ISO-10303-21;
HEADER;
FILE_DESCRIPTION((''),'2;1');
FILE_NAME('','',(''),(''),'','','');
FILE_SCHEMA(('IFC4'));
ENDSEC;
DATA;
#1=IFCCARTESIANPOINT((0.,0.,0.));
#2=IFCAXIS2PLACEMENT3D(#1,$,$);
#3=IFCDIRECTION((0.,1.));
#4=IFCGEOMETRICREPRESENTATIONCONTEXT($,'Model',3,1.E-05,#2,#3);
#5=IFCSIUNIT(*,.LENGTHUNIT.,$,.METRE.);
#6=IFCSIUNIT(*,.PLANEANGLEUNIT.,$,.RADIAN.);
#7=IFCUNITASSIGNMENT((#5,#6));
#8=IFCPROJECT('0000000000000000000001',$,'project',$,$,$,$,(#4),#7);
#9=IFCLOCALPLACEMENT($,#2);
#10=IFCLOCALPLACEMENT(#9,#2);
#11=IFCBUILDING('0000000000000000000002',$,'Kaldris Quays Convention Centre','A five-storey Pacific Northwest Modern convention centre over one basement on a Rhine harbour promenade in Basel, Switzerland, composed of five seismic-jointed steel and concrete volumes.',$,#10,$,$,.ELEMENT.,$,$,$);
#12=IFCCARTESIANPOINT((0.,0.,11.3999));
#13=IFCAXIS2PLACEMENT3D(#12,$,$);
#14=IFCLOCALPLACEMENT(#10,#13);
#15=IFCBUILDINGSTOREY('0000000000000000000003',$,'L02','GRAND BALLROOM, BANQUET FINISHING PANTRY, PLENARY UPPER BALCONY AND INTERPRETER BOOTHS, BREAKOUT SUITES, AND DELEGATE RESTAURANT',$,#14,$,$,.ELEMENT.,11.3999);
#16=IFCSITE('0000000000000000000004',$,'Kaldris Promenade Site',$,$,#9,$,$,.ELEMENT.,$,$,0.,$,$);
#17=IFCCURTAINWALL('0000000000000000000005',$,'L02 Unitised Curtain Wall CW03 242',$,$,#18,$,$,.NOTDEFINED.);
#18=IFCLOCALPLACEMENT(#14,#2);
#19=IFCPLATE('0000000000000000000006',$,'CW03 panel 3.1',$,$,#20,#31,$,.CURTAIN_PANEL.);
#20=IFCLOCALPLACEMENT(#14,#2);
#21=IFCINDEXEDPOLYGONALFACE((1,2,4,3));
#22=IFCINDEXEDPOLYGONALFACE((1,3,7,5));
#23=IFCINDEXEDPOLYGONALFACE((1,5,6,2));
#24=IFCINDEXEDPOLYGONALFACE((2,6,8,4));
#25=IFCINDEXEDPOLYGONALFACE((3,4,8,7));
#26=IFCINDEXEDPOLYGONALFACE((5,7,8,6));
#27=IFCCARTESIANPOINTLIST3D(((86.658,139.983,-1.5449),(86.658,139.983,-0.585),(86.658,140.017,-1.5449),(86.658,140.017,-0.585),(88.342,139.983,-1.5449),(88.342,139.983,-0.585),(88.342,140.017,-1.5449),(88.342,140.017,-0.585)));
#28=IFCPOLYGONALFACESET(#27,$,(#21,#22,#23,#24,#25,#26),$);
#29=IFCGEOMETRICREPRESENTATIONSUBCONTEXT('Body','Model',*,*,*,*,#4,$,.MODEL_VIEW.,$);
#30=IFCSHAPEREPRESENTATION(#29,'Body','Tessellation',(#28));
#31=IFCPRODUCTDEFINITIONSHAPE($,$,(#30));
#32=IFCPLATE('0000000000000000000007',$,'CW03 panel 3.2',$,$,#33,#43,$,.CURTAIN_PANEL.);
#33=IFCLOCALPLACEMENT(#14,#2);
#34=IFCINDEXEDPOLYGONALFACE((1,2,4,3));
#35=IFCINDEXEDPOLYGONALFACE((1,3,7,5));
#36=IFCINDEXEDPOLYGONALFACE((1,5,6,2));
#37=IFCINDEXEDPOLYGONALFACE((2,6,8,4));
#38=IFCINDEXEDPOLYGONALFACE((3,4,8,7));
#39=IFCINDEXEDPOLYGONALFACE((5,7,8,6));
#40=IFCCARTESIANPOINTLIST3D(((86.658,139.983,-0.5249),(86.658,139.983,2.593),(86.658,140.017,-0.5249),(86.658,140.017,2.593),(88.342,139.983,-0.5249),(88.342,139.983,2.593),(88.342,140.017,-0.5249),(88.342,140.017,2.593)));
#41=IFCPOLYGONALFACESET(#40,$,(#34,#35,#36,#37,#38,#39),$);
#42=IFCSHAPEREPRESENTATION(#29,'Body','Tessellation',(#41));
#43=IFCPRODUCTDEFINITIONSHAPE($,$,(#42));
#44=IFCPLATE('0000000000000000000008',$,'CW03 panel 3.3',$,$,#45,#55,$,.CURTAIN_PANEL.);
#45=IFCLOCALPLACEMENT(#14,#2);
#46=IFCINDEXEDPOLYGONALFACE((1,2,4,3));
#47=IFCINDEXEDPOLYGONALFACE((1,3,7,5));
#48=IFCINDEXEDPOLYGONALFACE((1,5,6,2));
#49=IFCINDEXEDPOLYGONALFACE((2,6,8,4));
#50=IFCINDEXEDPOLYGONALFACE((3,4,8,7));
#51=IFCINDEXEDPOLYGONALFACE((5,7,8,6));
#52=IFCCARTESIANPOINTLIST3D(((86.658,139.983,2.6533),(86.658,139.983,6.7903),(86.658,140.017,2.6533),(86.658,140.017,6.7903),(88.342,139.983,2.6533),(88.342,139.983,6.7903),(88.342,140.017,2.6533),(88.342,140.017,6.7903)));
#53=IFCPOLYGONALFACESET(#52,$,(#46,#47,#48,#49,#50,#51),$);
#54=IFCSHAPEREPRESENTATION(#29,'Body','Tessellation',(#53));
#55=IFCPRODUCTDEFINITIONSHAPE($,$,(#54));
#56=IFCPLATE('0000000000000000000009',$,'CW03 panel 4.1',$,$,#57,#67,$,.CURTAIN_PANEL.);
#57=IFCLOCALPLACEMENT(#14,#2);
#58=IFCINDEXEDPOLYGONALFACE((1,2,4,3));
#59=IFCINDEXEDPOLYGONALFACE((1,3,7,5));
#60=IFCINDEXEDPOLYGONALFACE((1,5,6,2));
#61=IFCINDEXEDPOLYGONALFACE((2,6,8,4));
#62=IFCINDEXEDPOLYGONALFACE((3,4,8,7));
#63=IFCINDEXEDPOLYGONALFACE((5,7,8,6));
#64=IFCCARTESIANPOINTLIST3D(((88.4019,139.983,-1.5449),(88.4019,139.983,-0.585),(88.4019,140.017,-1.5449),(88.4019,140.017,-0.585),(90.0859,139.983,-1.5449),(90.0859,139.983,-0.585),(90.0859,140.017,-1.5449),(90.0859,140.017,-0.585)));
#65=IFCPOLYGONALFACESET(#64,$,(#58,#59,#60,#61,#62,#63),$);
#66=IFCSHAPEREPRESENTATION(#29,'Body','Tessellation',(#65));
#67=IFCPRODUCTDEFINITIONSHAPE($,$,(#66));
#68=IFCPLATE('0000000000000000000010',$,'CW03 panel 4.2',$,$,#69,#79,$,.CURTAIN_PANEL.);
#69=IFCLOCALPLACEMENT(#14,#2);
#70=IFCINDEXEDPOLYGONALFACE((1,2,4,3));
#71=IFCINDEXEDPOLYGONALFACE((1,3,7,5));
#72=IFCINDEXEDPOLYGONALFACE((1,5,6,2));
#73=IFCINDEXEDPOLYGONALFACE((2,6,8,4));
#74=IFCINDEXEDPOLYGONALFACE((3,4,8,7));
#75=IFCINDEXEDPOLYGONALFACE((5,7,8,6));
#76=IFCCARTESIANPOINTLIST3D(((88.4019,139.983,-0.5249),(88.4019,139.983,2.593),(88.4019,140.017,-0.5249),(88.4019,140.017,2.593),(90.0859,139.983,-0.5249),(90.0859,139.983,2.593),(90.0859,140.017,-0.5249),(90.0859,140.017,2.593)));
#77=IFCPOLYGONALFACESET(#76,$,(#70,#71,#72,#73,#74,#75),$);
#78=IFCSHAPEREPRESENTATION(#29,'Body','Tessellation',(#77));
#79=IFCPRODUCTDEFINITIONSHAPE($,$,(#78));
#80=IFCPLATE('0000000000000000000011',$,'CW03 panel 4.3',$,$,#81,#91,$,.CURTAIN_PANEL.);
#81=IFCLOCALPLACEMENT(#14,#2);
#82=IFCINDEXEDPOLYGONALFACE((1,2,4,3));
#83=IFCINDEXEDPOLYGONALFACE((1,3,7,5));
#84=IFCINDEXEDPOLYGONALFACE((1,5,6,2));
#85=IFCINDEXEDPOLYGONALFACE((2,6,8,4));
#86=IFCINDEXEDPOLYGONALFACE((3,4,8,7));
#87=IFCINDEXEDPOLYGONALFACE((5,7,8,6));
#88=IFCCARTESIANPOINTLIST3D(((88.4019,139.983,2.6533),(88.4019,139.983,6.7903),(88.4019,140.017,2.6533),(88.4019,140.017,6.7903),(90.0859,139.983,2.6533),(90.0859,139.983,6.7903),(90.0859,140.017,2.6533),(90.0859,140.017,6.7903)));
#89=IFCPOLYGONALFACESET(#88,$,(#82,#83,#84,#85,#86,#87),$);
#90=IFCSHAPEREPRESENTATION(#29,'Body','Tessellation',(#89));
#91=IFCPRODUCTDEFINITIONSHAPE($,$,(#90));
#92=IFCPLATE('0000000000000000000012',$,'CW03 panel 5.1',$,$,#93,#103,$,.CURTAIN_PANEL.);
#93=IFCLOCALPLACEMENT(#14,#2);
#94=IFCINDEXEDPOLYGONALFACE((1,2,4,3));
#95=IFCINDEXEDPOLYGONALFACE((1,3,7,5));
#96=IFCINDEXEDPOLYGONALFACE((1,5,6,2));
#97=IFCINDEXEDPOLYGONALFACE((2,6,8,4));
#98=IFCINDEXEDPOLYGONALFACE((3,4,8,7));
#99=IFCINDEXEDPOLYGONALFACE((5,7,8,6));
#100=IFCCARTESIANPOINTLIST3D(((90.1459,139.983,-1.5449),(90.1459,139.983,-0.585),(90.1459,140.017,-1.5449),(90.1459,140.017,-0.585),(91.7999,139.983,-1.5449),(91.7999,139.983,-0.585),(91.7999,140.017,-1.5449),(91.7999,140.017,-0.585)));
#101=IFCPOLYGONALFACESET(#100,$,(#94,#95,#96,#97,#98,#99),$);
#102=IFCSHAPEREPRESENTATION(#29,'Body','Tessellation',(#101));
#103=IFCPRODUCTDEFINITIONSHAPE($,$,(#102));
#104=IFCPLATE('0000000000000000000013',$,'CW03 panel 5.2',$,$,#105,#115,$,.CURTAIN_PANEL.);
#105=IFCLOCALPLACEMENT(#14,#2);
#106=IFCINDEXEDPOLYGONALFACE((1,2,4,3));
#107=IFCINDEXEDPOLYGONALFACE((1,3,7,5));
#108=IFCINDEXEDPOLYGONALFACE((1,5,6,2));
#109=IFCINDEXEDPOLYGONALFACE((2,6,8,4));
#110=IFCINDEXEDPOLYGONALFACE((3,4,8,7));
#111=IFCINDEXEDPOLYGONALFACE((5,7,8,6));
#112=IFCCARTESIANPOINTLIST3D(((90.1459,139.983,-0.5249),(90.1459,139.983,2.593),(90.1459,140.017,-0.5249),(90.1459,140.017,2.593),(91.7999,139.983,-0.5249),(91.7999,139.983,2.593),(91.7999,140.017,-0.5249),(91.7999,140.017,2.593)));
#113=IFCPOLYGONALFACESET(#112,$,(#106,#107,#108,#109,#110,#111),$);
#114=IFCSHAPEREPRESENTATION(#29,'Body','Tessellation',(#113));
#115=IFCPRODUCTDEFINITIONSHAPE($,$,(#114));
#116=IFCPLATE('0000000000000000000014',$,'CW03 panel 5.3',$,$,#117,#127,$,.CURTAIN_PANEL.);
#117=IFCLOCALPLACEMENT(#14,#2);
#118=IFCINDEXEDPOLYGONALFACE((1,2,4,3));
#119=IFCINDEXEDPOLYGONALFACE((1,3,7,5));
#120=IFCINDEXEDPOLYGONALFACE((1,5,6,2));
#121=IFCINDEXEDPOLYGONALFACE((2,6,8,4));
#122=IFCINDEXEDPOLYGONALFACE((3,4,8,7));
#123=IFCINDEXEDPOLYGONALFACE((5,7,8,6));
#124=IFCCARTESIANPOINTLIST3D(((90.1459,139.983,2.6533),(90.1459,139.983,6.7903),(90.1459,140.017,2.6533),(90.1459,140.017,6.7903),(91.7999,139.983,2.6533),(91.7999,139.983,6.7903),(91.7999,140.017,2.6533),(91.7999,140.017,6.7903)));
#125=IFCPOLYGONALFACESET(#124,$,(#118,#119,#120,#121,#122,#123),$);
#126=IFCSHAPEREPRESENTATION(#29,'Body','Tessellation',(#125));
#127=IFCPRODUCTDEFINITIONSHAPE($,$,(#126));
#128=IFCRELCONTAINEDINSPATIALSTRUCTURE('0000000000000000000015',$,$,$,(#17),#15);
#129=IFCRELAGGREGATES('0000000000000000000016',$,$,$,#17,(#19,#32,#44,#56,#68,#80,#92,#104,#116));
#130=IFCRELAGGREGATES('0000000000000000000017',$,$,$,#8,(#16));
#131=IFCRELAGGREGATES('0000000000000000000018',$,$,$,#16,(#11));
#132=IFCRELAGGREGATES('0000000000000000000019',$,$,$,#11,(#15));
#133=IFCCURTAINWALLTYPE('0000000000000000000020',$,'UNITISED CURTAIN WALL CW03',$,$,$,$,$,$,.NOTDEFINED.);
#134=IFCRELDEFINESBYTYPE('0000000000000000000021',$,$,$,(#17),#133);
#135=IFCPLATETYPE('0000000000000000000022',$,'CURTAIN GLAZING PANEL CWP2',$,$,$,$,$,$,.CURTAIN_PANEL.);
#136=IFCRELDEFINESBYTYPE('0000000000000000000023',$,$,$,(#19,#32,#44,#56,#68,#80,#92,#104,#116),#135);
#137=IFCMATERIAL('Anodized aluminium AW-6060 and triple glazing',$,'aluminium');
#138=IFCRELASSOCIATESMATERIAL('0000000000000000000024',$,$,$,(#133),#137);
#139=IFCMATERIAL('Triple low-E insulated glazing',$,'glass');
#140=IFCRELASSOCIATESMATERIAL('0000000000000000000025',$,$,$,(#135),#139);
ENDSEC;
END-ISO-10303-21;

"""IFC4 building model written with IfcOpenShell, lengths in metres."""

from ifc_helpers import new_model, si_unit, direction, frame, origin, origin_2d, place, context, subcontext, project, spatial, rectangle, extrude, material, type_object, element, aggregate, save


model = new_model("IFC4")

# Units and contexts
model_context = context("Model", 3, precision=1e-05, world=origin(), true_north=direction((0.0, 1.0)))
body_context = subcontext(model_context, "Body", "Model", "MODEL_VIEW")
ifc_project = project(units=[si_unit("LENGTHUNIT", "METRE"), si_unit("PLANEANGLEUNIT", "RADIAN")], contexts=[model_context])

# Site, building, storey
site_placement = place(None, origin())
site = spatial("IfcSite", under=ifc_project, at=site_placement, Name="Kaldris Promenade Site", CompositionType="ELEMENT", RefElevation=0.0)
building_placement = place(site_placement, origin())
building = spatial("IfcBuilding", under=site, at=building_placement, Name="Kaldris Quays Convention Centre", Description="A five-storey Pacific Northwest Modern convention centre over one basement on a Rhine harbour promenade in Basel, Switzerland, composed of five seismic-jointed steel and concrete volumes.", CompositionType="ELEMENT")
storey_placement = place(building_placement, frame((0.0, 0.0, 11.3999)))
storey = spatial("IfcBuildingStorey", under=building, at=storey_placement, Name="L02", Description="GRAND BALLROOM, BANQUET FINISHING PANTRY, PLENARY UPPER BALCONY AND INTERPRETER BOOTHS, BREAKOUT SUITES, AND DELEGATE RESTAURANT", CompositionType="ELEMENT", Elevation=11.3999)

# Curtain wall
ifc_material_1 = material(Name="Anodized aluminium AW-6060 and triple glazing", Category="aluminium")
curtain_wall_type = type_object("IfcCurtainWallType", Name="UNITISED CURTAIN WALL CW03", PredefinedType="NOTDEFINED", material=ifc_material_1)
curtain_wall_placement = place(storey_placement, origin())
curtain_wall = element("IfcCurtainWall", 1, at=curtain_wall_placement, inside=storey, type_object=curtain_wall_type, Name="L02 Unitised Curtain Wall CW03 242", PredefinedType="NOTDEFINED")

# Plates
ifc_material_2 = material(Name="Triple low-E insulated glazing", Category="glass")
plate_type = type_object("IfcPlateType", Name="CURTAIN GLAZING PANEL CWP2", PredefinedType="CURTAIN_PANEL", material=ifc_material_2)
plate_1_placement = place(storey_placement, frame((87.5, 140.0, -1.5449), z_axis=(0.0, 0.0, 1.0), x_axis=(1.0, 0.0, 0.0)))
plate_1 = element("IfcPlate", 2, at=plate_1_placement, type_object=plate_type, Name="CW03 panel 3.1", PredefinedType="CURTAIN_PANEL", context=body_context, shape_type="SweptSolid", body=[
    extrude(rectangle(XDim=1.6841, YDim=0.0339, at=origin_2d()), origin(), (0.0, 0.0, 1.0), 0.96),
])
plate_2_placement = place(storey_placement, frame((87.5, 140.0, -0.5249), z_axis=(0.0, 0.0, 1.0), x_axis=(1.0, 0.0, 0.0)))
plate_2 = element("IfcPlate", 3, at=plate_2_placement, type_object=plate_type, Name="CW03 panel 3.2", PredefinedType="CURTAIN_PANEL", context=body_context, shape_type="SweptSolid", body=[
    extrude(rectangle(XDim=1.6841, YDim=0.0339, at=origin_2d()), origin(), (0.0, 0.0, 1.0), 3.1179),
])
plate_3_placement = place(storey_placement, frame((87.5, 140.0, 2.6533), z_axis=(0.0, 0.0, 1.0), x_axis=(1.0, 0.0, 0.0)))
plate_3 = element("IfcPlate", 4, at=plate_3_placement, type_object=plate_type, Name="CW03 panel 3.3", PredefinedType="CURTAIN_PANEL", context=body_context, shape_type="SweptSolid", body=[
    extrude(rectangle(XDim=1.6841, YDim=0.0339, at=origin_2d()), origin(), (0.0, 0.0, 1.0), 4.137),
])
plate_4_placement = place(storey_placement, frame((89.2439, 140.0, -1.5449), z_axis=(0.0, 0.0, 1.0), x_axis=(1.0, 0.0, 0.0)))
plate_4 = element("IfcPlate", 5, at=plate_4_placement, type_object=plate_type, Name="CW03 panel 4.1", PredefinedType="CURTAIN_PANEL", context=body_context, shape_type="SweptSolid", body=[
    extrude(rectangle(XDim=1.6841, YDim=0.0339, at=origin_2d()), origin(), (0.0, 0.0, 1.0), 0.96),
])
plate_5_placement = place(storey_placement, frame((89.2439, 140.0, -0.5249), z_axis=(0.0, 0.0, 1.0), x_axis=(1.0, 0.0, 0.0)))
plate_5 = element("IfcPlate", 6, at=plate_5_placement, type_object=plate_type, Name="CW03 panel 4.2", PredefinedType="CURTAIN_PANEL", context=body_context, shape_type="SweptSolid", body=[
    extrude(rectangle(XDim=1.6841, YDim=0.0339, at=origin_2d()), origin(), (0.0, 0.0, 1.0), 3.1179),
])
plate_6_placement = place(storey_placement, frame((89.2439, 140.0, 2.6533), z_axis=(0.0, 0.0, 1.0), x_axis=(1.0, 0.0, 0.0)))
plate_6 = element("IfcPlate", 7, at=plate_6_placement, type_object=plate_type, Name="CW03 panel 4.3", PredefinedType="CURTAIN_PANEL", context=body_context, shape_type="SweptSolid", body=[
    extrude(rectangle(XDim=1.6841, YDim=0.0339, at=origin_2d()), origin(), (0.0, 0.0, 1.0), 4.137),
])
plate_7_placement = place(storey_placement, frame((90.9729, 140.0, -1.5449), z_axis=(0.0, 0.0, 1.0), x_axis=(1.0, 0.0, 0.0)))
plate_7 = element("IfcPlate", 8, at=plate_7_placement, type_object=plate_type, Name="CW03 panel 5.1", PredefinedType="CURTAIN_PANEL", context=body_context, shape_type="SweptSolid", body=[
    extrude(rectangle(XDim=1.6541, YDim=0.0339, at=origin_2d()), origin(), (0.0, 0.0, 1.0), 0.96),
])
plate_8_placement = place(storey_placement, frame((90.9729, 140.0, -0.5249), z_axis=(0.0, 0.0, 1.0), x_axis=(1.0, 0.0, 0.0)))
plate_8 = element("IfcPlate", 9, at=plate_8_placement, type_object=plate_type, Name="CW03 panel 5.2", PredefinedType="CURTAIN_PANEL", context=body_context, shape_type="SweptSolid", body=[
    extrude(rectangle(XDim=1.6541, YDim=0.0339, at=origin_2d()), origin(), (0.0, 0.0, 1.0), 3.1179),
])
plate_9_placement = place(storey_placement, frame((90.9729, 140.0, 2.6533), z_axis=(0.0, 0.0, 1.0), x_axis=(1.0, 0.0, 0.0)))
plate_9 = element("IfcPlate", 10, at=plate_9_placement, type_object=plate_type, Name="CW03 panel 5.3", PredefinedType="CURTAIN_PANEL", context=body_context, shape_type="SweptSolid", body=[
    extrude(rectangle(XDim=1.6541, YDim=0.0339, at=origin_2d()), origin(), (0.0, 0.0, 1.0), 4.137),
])
aggregate(curtain_wall, [plate_1, plate_2, plate_3, plate_4, plate_5, plate_6, plate_7, plate_8, plate_9])

save(model, "model.ifc")
